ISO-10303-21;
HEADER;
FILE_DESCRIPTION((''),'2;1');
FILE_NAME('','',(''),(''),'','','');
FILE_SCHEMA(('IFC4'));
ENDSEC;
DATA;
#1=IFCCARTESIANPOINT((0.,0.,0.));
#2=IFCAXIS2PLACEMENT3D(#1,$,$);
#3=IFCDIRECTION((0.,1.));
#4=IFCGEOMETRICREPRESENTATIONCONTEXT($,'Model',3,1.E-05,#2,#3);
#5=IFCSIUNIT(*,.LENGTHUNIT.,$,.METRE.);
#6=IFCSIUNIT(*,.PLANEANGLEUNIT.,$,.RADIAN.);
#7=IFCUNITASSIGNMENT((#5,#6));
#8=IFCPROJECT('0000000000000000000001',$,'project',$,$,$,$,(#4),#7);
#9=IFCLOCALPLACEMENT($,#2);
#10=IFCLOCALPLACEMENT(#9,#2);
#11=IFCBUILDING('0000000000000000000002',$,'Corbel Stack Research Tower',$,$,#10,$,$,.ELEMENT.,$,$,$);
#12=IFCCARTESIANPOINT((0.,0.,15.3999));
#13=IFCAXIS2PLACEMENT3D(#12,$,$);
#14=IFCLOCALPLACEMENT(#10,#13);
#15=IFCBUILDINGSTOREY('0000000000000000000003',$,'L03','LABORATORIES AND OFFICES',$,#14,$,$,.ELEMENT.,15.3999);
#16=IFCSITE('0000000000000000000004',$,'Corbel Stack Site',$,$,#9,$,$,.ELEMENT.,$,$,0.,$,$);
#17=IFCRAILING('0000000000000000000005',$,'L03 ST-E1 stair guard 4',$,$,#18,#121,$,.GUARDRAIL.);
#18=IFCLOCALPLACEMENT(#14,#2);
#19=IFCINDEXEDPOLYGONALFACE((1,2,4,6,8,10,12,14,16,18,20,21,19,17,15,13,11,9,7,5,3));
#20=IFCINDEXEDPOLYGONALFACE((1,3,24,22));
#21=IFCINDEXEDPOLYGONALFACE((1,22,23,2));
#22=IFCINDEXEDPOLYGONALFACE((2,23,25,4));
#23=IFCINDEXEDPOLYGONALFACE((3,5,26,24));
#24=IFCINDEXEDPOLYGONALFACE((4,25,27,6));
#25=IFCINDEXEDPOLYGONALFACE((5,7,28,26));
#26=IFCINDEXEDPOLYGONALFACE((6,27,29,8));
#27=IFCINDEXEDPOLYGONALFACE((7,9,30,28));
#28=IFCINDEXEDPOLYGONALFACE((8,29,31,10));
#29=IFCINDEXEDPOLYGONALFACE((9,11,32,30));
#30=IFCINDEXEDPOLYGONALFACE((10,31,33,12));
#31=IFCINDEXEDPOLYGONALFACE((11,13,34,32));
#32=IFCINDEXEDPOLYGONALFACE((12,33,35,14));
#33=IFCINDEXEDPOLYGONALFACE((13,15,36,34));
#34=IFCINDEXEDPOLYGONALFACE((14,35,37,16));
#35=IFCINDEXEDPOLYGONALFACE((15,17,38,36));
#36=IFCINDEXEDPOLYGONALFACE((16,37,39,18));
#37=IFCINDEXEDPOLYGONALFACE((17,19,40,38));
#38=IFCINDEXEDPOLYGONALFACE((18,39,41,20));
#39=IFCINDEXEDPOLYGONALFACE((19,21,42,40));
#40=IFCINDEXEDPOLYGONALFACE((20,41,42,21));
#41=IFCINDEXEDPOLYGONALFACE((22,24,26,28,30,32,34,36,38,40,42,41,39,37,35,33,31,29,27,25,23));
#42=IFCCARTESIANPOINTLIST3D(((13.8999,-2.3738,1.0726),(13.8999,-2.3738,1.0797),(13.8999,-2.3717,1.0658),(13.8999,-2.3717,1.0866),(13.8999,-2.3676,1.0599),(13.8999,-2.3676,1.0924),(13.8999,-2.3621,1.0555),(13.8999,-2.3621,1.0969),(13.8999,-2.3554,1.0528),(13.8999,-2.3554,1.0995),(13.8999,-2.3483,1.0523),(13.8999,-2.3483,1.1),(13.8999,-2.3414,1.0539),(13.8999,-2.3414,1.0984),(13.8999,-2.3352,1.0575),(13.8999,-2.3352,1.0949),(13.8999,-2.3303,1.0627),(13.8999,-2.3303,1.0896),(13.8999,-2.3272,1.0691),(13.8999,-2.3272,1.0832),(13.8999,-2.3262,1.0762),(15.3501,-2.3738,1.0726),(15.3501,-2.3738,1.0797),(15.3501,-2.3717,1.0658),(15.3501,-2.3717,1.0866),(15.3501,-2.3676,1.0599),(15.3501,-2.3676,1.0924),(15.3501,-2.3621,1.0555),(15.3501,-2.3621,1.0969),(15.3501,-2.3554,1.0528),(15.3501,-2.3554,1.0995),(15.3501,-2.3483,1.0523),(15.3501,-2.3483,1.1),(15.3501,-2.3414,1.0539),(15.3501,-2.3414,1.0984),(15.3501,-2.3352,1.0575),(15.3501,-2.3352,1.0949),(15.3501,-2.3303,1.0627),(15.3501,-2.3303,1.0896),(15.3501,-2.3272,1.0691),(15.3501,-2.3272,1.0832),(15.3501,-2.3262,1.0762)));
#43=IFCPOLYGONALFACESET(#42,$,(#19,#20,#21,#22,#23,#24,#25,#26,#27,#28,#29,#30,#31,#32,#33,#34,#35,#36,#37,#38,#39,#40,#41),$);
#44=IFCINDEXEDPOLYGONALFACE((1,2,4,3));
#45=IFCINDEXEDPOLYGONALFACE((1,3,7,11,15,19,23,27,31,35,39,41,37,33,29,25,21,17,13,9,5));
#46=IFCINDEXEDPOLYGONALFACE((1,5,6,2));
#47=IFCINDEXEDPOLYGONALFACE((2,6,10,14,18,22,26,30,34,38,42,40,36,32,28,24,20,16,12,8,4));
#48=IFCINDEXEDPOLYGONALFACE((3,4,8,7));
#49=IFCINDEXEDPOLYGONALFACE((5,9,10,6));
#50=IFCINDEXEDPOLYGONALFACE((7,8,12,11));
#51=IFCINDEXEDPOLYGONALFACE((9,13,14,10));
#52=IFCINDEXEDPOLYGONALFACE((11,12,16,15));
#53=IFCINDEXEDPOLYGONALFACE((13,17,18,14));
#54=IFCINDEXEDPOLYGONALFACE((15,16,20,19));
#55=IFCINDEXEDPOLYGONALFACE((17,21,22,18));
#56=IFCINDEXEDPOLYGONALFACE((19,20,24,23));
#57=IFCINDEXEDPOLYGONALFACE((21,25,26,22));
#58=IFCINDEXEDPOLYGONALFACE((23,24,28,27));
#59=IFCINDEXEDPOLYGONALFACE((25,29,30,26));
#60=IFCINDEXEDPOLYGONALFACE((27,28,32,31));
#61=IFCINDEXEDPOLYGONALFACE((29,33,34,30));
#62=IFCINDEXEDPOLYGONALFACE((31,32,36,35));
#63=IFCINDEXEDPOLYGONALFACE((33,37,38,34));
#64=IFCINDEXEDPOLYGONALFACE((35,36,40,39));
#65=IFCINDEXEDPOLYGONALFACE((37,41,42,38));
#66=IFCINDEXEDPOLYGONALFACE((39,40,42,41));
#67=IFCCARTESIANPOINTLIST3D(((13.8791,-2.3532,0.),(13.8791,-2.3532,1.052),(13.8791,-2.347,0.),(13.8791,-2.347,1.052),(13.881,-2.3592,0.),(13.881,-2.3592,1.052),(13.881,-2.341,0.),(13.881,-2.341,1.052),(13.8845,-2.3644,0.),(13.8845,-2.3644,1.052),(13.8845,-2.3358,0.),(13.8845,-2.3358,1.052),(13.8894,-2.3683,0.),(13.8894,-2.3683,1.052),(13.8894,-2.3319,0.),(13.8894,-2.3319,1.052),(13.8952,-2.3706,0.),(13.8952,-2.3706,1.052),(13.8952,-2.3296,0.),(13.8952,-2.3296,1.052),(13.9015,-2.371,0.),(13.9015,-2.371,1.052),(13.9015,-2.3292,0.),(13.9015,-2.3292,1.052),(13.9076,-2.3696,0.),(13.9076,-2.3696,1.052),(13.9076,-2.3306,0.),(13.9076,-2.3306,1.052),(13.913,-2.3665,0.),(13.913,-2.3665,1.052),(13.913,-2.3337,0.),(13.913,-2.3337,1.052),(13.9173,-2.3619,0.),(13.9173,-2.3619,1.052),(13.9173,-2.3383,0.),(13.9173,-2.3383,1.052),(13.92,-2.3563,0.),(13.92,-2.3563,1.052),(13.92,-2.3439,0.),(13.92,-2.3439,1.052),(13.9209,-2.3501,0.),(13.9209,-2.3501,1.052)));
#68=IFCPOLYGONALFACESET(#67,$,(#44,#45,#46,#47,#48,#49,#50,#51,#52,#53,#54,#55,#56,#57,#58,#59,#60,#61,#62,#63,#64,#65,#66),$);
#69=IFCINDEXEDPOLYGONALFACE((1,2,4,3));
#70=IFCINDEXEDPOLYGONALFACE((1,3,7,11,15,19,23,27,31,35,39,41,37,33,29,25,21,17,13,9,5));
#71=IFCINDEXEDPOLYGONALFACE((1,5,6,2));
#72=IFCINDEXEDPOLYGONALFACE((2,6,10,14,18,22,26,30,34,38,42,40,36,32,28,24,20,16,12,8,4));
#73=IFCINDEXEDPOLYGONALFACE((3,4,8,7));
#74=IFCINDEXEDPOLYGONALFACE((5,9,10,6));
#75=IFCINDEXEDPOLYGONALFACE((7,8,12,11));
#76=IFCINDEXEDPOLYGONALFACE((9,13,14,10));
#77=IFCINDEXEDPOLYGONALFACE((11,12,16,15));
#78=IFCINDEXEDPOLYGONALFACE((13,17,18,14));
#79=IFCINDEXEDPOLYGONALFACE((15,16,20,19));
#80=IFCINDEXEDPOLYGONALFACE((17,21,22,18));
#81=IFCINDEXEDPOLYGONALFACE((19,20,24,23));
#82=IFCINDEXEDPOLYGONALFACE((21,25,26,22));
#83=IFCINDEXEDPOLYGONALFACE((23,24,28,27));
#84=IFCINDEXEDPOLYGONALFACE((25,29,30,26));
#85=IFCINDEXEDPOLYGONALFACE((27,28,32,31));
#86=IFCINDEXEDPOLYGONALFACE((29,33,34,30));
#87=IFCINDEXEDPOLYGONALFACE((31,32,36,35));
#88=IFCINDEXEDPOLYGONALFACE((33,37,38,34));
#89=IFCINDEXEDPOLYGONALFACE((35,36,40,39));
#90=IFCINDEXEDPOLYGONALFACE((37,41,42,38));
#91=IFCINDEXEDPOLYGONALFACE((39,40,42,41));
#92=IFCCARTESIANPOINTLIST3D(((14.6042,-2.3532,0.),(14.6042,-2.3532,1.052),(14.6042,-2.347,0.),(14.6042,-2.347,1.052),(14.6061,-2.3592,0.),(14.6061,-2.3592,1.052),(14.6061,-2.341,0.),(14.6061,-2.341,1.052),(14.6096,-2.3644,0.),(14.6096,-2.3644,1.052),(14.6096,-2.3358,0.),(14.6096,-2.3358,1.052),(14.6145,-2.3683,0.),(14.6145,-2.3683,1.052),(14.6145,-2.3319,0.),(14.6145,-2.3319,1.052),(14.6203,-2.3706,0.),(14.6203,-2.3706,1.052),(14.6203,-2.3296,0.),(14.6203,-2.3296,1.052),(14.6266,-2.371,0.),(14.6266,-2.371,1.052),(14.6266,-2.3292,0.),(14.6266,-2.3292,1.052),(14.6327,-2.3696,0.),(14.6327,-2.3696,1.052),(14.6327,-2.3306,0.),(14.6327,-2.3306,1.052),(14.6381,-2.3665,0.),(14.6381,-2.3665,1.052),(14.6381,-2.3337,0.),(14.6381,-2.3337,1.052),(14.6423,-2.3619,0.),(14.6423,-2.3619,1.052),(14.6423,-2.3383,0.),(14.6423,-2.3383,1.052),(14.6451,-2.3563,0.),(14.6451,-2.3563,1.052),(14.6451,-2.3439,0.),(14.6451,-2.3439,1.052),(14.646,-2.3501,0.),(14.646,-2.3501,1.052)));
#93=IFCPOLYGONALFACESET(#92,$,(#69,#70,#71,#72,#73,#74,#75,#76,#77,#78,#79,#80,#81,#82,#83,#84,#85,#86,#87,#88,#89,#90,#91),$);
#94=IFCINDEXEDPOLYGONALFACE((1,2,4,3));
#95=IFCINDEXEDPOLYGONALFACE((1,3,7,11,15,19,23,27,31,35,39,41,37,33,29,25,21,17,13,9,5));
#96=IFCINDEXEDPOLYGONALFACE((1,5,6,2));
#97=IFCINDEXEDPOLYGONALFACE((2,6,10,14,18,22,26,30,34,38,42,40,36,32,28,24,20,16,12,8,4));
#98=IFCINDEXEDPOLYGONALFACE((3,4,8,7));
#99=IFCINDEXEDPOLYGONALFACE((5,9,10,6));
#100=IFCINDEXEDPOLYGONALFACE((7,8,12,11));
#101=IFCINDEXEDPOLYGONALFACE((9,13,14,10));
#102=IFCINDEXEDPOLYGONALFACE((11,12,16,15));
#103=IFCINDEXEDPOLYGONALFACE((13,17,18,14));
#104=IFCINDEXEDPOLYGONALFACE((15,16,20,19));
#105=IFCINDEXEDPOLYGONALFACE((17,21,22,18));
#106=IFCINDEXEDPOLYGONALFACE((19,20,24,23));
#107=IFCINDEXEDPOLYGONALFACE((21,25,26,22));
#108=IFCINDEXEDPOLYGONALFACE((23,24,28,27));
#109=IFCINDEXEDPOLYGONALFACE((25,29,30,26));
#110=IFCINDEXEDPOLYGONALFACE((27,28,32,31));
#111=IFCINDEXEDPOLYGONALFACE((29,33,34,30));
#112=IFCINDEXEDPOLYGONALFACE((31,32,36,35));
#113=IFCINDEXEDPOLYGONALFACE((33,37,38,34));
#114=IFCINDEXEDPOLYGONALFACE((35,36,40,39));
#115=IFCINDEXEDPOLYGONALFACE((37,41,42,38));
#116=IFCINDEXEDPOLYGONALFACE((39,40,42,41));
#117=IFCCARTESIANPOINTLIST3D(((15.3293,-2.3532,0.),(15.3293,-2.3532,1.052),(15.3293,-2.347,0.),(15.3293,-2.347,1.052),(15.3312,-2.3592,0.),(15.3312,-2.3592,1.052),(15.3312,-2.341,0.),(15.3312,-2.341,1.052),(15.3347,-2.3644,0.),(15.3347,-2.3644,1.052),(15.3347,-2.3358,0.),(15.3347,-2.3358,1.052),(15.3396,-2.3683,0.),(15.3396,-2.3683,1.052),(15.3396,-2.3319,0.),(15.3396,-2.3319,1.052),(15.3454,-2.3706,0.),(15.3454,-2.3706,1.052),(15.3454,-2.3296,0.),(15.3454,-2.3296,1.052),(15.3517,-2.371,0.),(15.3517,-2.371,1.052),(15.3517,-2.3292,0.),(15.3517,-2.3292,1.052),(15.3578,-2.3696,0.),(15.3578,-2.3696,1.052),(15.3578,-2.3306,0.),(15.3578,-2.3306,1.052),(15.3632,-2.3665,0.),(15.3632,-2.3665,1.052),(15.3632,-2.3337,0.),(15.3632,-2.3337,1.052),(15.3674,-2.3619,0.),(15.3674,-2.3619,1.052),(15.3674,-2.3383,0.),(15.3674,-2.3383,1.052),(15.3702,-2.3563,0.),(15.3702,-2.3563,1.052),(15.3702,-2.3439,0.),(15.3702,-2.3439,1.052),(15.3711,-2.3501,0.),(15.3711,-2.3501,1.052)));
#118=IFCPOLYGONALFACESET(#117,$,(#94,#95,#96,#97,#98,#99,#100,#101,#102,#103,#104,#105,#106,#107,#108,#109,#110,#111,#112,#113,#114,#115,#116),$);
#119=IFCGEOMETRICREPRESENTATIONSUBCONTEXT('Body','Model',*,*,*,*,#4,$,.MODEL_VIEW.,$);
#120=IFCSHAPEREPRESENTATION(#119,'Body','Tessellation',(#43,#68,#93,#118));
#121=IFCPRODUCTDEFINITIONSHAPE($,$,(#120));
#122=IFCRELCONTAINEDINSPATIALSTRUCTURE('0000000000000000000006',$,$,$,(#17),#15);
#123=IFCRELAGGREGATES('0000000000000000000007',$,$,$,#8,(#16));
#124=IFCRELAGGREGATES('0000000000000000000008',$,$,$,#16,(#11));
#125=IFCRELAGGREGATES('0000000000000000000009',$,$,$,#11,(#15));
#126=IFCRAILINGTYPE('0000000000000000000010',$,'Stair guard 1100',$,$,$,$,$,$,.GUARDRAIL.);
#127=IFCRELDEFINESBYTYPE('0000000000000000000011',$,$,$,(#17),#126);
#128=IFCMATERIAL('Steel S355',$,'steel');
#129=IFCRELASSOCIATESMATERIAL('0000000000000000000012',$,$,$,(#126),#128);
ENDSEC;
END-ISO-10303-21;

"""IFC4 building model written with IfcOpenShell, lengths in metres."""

from ifc_helpers import new_model, si_unit, direction, frame, origin, origin_2d, place, context, subcontext, project, spatial, circle, extrude, material, type_object, element, save


model = new_model("IFC4")

# Units and contexts
model_context = context("Model", 3, precision=1e-05, world=origin(), true_north=direction((0.0, 1.0)))
body_context = subcontext(model_context, "Body", "Model", "MODEL_VIEW")
ifc_project = project(units=[si_unit("LENGTHUNIT", "METRE"), si_unit("PLANEANGLEUNIT", "RADIAN")], contexts=[model_context])

# Site, building, storey
site_placement = place(None, origin())
site = spatial("IfcSite", under=ifc_project, at=site_placement, Name="Corbel Stack Site", CompositionType="ELEMENT", RefElevation=0.0)
building_placement = place(site_placement, origin())
building = spatial("IfcBuilding", under=site, at=building_placement, Name="Corbel Stack Research Tower", CompositionType="ELEMENT")
storey_placement = place(building_placement, frame((0.0, 0.0, 15.3999)))
storey = spatial("IfcBuildingStorey", under=building, at=storey_placement, Name="L03", Description="LABORATORIES AND OFFICES", CompositionType="ELEMENT", Elevation=15.3999)

# Railing
ifc_material_1 = material(Name="Steel S355", Category="steel")
railing_type_1 = type_object("IfcRailingType", Name="Stair guard 1100", PredefinedType="GUARDRAIL", material=ifc_material_1)
railing_1_placement = place(storey_placement, frame((13.8999, -2.3501, 0.0)))
element("IfcRailing", 1, at=railing_1_placement, inside=storey, type_object=railing_type_1, Name="L03 ST-E1 stair guard 4", PredefinedType="GUARDRAIL", context=body_context, shape_type="SweptSolid", body=[
    extrude(circle(Radius=0.0239, at=origin_2d()), frame((0.0, 0.0, 1.0762), z_axis=(1.0, 0.0, 0.0), x_axis=(0.0, 1.0, 0.0)), (0.0, 0.0, 1.0), 1.4502),
    extrude(circle(Radius=0.021, at=origin_2d()), origin(), (0.0, 0.0, 1.0), 1.052),
    extrude(circle(Radius=0.021, at=origin_2d()), frame((0.7251, 0.0, 0.0)), (0.0, 0.0, 1.0), 1.052),
    extrude(circle(Radius=0.021, at=origin_2d()), frame((1.4502, 0.0, 0.0)), (0.0, 0.0, 1.0), 1.052),
])

save(model, "model.ifc")
